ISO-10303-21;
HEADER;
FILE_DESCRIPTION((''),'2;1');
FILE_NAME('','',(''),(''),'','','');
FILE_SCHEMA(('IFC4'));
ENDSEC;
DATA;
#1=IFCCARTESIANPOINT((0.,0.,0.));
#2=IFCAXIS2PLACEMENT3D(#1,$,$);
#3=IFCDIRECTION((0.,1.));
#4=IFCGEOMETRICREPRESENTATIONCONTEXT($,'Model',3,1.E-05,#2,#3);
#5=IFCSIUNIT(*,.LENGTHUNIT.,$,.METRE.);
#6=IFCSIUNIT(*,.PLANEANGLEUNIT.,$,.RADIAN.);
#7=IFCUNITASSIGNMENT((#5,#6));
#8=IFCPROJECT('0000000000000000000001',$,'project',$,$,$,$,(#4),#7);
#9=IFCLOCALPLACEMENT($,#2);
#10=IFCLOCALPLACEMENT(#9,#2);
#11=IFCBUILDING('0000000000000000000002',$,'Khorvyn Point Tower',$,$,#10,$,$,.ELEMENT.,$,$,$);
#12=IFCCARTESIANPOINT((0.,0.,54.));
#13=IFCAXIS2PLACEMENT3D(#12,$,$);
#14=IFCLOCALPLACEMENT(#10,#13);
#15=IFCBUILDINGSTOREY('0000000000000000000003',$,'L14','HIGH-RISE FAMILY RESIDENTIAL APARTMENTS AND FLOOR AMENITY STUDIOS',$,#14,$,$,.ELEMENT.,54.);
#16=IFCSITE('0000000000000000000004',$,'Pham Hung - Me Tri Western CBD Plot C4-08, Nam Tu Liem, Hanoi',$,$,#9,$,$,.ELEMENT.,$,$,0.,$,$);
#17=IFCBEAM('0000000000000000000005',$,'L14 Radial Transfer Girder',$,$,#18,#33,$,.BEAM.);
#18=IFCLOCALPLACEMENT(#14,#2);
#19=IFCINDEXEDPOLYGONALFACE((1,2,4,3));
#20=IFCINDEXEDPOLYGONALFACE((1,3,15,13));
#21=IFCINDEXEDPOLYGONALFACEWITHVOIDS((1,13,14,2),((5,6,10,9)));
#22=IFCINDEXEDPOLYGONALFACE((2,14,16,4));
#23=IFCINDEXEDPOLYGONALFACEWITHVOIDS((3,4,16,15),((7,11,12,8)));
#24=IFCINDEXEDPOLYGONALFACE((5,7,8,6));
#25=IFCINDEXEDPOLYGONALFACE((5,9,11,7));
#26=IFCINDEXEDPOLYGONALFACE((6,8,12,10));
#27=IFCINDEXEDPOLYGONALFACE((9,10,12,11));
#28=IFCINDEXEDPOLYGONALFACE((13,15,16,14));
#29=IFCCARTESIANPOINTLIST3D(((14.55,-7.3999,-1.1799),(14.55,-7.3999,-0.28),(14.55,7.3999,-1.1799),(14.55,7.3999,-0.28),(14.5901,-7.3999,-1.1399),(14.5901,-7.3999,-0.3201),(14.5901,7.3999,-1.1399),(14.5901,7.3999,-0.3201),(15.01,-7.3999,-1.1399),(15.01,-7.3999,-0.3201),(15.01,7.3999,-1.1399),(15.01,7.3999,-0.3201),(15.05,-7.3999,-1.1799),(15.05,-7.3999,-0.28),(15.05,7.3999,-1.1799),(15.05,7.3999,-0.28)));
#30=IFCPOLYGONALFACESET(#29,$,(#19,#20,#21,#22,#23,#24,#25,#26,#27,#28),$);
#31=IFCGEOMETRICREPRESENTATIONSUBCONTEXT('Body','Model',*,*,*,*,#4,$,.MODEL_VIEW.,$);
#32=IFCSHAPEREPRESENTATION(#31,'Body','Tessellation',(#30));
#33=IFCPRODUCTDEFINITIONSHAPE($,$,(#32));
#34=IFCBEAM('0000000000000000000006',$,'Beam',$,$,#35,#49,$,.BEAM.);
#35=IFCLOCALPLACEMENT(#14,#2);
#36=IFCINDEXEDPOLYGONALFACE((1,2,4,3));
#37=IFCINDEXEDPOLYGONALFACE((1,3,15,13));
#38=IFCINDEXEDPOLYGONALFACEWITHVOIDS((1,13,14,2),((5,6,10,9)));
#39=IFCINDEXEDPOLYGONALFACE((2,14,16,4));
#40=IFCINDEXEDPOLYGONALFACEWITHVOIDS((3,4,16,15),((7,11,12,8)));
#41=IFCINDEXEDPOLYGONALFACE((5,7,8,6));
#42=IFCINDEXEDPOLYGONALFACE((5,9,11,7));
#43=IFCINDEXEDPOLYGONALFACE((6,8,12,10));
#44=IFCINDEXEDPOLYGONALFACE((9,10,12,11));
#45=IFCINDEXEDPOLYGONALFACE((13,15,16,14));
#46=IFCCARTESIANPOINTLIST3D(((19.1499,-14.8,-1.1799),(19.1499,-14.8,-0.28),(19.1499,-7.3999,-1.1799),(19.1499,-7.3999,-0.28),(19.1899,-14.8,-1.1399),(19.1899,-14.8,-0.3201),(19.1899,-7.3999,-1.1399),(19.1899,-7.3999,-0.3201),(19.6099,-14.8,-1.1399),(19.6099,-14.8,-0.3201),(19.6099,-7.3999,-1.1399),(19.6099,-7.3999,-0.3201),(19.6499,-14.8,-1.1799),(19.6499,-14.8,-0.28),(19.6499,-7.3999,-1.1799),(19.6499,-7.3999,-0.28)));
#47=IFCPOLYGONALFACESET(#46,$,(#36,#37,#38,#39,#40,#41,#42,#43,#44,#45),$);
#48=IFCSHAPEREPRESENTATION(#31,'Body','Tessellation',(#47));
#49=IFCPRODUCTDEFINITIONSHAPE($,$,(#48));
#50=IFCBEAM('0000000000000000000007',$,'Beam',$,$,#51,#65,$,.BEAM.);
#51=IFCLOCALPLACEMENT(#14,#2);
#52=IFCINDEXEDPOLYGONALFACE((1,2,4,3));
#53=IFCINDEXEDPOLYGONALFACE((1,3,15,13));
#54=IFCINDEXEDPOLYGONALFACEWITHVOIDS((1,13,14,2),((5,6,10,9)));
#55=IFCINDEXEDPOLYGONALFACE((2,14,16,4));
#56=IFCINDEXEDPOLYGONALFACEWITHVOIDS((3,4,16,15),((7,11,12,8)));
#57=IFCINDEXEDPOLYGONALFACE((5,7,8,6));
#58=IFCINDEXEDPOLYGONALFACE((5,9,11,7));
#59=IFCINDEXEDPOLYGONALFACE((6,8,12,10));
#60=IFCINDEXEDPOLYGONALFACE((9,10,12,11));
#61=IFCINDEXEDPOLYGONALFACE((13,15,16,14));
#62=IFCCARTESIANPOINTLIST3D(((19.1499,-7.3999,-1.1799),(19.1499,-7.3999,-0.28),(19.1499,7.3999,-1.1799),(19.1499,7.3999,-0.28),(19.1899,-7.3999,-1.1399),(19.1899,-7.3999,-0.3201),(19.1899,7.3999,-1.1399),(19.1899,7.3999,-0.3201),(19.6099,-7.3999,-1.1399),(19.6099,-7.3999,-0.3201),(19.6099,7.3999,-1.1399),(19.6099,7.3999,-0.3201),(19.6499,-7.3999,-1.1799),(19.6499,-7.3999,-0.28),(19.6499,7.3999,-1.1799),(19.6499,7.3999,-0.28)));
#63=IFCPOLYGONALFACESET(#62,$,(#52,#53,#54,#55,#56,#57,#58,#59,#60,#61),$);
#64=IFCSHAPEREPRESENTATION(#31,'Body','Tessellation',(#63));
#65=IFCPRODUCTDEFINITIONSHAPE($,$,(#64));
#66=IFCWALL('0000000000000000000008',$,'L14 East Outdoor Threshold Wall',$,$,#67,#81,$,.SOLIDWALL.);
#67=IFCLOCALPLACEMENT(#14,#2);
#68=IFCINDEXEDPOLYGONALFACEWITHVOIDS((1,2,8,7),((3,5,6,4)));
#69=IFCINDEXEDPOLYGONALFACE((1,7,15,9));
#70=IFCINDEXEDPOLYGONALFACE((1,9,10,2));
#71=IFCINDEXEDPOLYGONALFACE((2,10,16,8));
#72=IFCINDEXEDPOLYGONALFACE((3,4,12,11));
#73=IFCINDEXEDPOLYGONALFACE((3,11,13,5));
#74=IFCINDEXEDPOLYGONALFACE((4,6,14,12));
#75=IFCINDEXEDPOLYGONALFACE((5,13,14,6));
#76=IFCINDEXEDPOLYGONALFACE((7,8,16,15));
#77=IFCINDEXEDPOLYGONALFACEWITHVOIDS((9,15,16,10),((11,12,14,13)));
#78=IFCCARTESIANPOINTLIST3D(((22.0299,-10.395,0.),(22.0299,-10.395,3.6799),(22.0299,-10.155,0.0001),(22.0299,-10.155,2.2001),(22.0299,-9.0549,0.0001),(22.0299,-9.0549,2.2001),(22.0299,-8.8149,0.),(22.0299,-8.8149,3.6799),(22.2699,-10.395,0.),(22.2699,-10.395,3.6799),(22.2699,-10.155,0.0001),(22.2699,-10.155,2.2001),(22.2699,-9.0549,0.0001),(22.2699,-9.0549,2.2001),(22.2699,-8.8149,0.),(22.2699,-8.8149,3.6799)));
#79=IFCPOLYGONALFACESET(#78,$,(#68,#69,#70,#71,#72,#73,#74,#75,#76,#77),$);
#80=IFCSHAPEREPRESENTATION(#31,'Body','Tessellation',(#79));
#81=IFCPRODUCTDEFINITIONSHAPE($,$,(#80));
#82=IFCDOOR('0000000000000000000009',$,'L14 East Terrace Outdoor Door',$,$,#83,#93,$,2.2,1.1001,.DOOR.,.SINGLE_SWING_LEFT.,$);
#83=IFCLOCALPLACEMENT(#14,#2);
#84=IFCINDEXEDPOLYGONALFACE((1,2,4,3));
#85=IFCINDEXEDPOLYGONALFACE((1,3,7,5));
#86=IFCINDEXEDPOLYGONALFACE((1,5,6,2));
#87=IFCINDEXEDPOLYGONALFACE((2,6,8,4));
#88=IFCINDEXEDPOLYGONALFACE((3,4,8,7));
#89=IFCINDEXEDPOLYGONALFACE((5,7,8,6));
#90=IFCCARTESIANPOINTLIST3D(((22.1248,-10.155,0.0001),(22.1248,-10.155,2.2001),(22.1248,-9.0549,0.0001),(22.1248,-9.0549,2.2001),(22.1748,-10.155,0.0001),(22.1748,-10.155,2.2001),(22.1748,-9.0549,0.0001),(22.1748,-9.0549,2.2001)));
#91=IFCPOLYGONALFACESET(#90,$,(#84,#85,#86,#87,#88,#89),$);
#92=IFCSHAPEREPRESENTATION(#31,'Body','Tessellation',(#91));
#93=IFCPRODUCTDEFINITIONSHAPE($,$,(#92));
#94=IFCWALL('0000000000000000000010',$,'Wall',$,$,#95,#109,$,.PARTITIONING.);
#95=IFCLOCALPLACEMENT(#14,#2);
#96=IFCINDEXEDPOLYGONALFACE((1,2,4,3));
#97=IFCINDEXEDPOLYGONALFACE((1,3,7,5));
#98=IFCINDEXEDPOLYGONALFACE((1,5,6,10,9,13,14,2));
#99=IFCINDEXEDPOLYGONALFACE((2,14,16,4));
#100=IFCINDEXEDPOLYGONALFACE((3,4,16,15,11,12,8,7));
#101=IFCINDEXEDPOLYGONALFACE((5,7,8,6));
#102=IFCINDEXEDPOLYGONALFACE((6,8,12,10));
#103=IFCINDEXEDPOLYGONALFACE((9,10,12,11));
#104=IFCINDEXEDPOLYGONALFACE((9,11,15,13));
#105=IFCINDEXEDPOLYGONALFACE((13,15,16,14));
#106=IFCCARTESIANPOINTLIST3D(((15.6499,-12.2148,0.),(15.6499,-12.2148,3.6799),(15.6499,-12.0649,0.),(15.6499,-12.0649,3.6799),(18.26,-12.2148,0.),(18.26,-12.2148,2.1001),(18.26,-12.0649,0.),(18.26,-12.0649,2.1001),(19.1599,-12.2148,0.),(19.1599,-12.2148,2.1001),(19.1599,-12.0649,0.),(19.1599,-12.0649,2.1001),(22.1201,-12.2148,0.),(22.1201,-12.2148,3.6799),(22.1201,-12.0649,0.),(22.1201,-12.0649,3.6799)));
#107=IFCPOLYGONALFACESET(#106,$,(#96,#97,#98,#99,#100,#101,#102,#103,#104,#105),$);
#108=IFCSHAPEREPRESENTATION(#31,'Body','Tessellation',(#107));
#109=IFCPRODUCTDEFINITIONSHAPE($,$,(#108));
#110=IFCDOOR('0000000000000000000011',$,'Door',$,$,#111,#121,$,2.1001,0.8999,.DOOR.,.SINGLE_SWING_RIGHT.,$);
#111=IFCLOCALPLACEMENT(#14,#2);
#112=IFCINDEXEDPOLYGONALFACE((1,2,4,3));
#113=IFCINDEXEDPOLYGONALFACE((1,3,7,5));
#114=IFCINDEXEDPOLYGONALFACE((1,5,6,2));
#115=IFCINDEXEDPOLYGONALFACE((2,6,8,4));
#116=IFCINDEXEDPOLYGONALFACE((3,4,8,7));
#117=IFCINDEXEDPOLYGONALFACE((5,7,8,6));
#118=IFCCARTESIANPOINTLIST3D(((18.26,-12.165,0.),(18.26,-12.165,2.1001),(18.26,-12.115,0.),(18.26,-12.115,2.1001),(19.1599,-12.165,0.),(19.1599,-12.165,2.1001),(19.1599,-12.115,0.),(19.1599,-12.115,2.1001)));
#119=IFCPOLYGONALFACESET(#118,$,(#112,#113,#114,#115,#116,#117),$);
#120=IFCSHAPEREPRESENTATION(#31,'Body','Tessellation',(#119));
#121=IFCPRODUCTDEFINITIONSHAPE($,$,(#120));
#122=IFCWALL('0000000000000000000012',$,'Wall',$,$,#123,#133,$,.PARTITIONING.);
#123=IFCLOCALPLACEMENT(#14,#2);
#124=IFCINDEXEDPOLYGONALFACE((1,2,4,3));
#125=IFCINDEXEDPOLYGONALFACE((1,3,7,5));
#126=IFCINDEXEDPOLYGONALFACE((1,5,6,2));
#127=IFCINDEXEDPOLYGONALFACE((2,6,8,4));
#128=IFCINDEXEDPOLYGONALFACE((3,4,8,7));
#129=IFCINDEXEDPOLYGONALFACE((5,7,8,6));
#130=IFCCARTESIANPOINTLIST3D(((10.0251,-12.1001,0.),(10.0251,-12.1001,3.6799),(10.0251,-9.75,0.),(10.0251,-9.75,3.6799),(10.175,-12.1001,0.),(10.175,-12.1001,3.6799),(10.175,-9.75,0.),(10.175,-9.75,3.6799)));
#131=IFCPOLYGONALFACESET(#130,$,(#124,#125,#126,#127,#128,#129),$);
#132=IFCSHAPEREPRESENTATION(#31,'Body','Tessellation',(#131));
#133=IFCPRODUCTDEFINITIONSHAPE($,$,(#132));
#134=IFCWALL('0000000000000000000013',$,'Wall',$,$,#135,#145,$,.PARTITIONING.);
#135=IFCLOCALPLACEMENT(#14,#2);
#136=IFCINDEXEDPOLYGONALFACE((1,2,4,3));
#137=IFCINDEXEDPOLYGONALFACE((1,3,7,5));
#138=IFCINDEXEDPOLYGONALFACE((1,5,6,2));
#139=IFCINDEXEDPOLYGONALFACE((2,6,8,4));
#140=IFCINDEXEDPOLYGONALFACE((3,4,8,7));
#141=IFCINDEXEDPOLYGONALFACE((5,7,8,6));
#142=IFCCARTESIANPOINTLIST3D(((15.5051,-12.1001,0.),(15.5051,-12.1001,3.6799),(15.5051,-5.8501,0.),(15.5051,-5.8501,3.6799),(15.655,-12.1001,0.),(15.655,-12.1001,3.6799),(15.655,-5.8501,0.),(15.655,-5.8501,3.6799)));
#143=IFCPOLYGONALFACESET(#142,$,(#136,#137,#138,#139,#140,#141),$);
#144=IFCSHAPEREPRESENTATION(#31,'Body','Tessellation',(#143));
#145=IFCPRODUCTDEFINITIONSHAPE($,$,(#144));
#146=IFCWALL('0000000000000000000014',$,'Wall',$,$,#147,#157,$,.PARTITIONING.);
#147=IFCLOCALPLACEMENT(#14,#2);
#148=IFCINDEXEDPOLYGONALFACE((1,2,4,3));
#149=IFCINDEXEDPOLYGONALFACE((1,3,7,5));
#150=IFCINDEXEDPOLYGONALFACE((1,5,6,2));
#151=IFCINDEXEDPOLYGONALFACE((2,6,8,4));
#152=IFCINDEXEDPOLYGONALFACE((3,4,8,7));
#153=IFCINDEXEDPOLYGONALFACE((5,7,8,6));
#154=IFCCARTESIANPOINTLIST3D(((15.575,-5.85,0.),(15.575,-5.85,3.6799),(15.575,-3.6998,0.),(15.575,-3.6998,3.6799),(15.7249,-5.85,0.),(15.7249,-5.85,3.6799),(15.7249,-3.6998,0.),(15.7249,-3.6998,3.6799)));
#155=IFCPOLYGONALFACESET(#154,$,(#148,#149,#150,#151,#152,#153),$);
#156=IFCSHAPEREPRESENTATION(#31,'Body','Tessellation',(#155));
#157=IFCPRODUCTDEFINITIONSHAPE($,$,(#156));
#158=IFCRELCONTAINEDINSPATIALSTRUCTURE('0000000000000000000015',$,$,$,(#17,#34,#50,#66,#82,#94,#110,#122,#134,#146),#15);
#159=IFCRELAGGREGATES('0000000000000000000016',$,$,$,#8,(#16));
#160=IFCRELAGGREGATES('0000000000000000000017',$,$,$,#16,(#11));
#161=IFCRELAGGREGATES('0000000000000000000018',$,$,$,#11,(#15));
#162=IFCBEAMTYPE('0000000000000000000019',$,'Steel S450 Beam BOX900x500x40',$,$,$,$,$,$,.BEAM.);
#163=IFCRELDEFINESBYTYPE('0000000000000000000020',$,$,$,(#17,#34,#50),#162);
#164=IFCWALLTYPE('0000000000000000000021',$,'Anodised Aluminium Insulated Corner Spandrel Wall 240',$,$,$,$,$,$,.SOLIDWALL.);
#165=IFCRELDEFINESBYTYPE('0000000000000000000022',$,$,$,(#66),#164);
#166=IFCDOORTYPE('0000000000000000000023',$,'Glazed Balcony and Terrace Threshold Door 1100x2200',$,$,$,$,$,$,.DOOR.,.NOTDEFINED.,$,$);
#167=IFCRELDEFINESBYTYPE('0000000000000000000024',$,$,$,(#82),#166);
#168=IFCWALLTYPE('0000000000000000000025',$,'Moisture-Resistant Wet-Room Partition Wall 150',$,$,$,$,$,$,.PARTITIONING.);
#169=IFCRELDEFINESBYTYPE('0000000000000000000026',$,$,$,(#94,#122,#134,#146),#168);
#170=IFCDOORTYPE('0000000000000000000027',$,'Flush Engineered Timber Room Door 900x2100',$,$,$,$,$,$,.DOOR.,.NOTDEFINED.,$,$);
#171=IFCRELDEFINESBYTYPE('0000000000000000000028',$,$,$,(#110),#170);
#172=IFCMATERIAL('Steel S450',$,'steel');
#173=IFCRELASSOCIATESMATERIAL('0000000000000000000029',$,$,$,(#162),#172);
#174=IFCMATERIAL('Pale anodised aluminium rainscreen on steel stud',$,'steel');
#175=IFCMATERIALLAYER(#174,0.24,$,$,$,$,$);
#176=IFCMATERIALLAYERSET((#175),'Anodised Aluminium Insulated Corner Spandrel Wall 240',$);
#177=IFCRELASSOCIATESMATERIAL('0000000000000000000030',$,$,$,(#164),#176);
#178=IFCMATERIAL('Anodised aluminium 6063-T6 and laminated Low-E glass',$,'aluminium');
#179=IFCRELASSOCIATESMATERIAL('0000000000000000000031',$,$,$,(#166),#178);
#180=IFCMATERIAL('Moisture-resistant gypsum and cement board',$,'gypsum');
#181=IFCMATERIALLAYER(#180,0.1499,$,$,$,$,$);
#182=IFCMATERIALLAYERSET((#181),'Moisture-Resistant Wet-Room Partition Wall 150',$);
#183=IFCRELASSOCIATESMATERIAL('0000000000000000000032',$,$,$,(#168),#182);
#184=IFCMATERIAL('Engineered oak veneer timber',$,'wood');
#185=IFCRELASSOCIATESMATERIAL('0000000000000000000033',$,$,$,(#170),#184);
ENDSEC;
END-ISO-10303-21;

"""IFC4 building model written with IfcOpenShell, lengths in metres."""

from ifc_helpers import new_model, si_unit, direction, frame, frame_2d, origin, origin_2d, place, context, subcontext, project, spatial, rectangle, hollow_rectangle, extrude, material, layer, layer_set, material_profile, profile_set, type_object, element, fill, save


model = new_model("IFC4")

# Units and contexts
model_context = context("Model", 3, precision=1e-05, world=origin(), true_north=direction((0.0, 1.0)))
body_context = subcontext(model_context, "Body", "Model", "MODEL_VIEW")
ifc_project = project(units=[si_unit("LENGTHUNIT", "METRE"), si_unit("PLANEANGLEUNIT", "RADIAN")], contexts=[model_context])

# Site, building, storey
site_placement = place(None, origin())
site = spatial("IfcSite", under=ifc_project, at=site_placement, Name="Pham Hung - Me Tri Western CBD Plot C4-08, Nam Tu Liem, Hanoi", CompositionType="ELEMENT", RefElevation=0.0)
building_placement = place(site_placement, origin())
building = spatial("IfcBuilding", under=site, at=building_placement, Name="Khorvyn Point Tower", CompositionType="ELEMENT")
storey_placement = place(building_placement, frame((0.0, 0.0, 54.0)))
storey = spatial("IfcBuildingStorey", under=building, at=storey_placement, Name="L14", Description="HIGH-RISE FAMILY RESIDENTIAL APARTMENTS AND FLOOR AMENITY STUDIOS", CompositionType="ELEMENT", Elevation=54.0)

# Shared definitions
ifc_material_1 = material(Name="Steel S450", Category="steel")

# Shared definitions
ifc_material_2 = material(Name="Anodised aluminium 6063-T6 and laminated Low-E glass", Category="aluminium")

# Beams
ifc_material_profile_1 = material_profile(ifc_material_1, hollow_rectangle(XDim=0.5, YDim=0.8999, WallThickness=0.04, at=origin_2d()))
ifc_profile_set_1 = profile_set([ifc_material_profile_1], Name="Steel S450 BOX900x500x40")
beam_type_1 = type_object("IfcBeamType", Name="Steel S450 Beam BOX900x500x40", PredefinedType="BEAM", material=ifc_profile_set_1)
beam_1_placement = place(storey_placement, frame((14.8, -7.3999, -0.73), z_axis=(0.0, 1.0, 0.0), x_axis=(-1.0, 0.0, 0.0)))
element("IfcBeam", 1, at=beam_1_placement, inside=storey, type_object=beam_type_1, Name="L14 Radial Transfer Girder", PredefinedType="BEAM", context=body_context, shape_type="SweptSolid", body=[
    extrude(hollow_rectangle(XDim=0.5, YDim=0.8999, WallThickness=0.04, at=origin_2d()), origin(), (0.0, 0.0, 1.0), 14.7998),
])
beam_2_placement = place(storey_placement, frame((19.3999, -14.8, -0.73), z_axis=(0.0, 1.0, 0.0), x_axis=(-1.0, 0.0, 0.0)))
element("IfcBeam", 2, at=beam_2_placement, inside=storey, type_object=beam_type_1, Name="Beam", PredefinedType="BEAM", context=body_context, shape_type="SweptSolid", body=[
    extrude(hollow_rectangle(XDim=0.5, YDim=0.8999, WallThickness=0.04, at=origin_2d()), origin(), (0.0, 0.0, 1.0), 7.4001),
])
beam_3_placement = place(storey_placement, frame((19.3999, -7.3999, -0.73), z_axis=(0.0, 1.0, 0.0), x_axis=(-1.0, 0.0, 0.0)))
element("IfcBeam", 3, at=beam_3_placement, inside=storey, type_object=beam_type_1, Name="Beam", PredefinedType="BEAM", context=body_context, shape_type="SweptSolid", body=[
    extrude(hollow_rectangle(XDim=0.5, YDim=0.8999, WallThickness=0.04, at=origin_2d()), origin(), (0.0, 0.0, 1.0), 14.7998),
])

# Walls, openings, doors
ifc_material_3 = material(Name="Pale anodised aluminium rainscreen on steel stud", Category="steel")
ifc_layer_1 = layer(ifc_material_3, 0.24)
ifc_layer_set_1 = layer_set([ifc_layer_1], Name="Anodised Aluminium Insulated Corner Spandrel Wall 240")
wall_type_1 = type_object("IfcWallType", Name="Anodised Aluminium Insulated Corner Spandrel Wall 240", PredefinedType="SOLIDWALL", material=ifc_layer_set_1)
wall_1_placement = place(storey_placement, frame((22.1499, -8.8149, 0.0), z_axis=(0.0, 0.0, 1.0), x_axis=(0.0, -1.0, 0.0)))
wall_1 = element("IfcWall", 4, at=wall_1_placement, inside=storey, type_object=wall_type_1, Name="L14 East Outdoor Threshold Wall", PredefinedType="SOLIDWALL", context=body_context, shape_type="SweptSolid", body=[
    extrude(rectangle(XDim=1.5801, YDim=0.24, at=frame_2d((0.79, 0.0))), origin(), (0.0, 0.0, 1.0), 3.6799),
])
opening_1_placement = place(wall_1_placement, frame((0.24, 0.0, 0.0)))
opening_1 = element("IfcOpeningElement", 5, at=opening_1_placement, cuts=wall_1, PredefinedType="OPENING", context=body_context, shape_type="SweptSolid", body=[
    extrude(rectangle(XDim=1.1001, YDim=2.2, at=frame_2d((0.55, 1.1001))), frame((0.0, 0.1299, 0.0), z_axis=(0.0, -1.0, 0.0), x_axis=(1.0, 0.0, 0.0)), (0.0, 0.0, 1.0), 0.26),
])
door_type_1 = type_object("IfcDoorType", Name="Glazed Balcony and Terrace Threshold Door 1100x2200", OperationType="NOTDEFINED", PredefinedType="DOOR", material=ifc_material_2)
door_1_placement = place(opening_1_placement, origin())
door_1 = element("IfcDoor", 6, at=door_1_placement, inside=storey, type_object=door_type_1, Name="L14 East Terrace Outdoor Door", OperationType="SINGLE_SWING_LEFT", OverallHeight=2.2, OverallWidth=1.1001, PredefinedType="DOOR", context=body_context, shape_type="SweptSolid", body=[
    extrude(rectangle(XDim=1.1001, YDim=2.2, at=frame_2d((0.55, 1.1001))), frame((0.0, 0.0249, 0.0), z_axis=(0.0, -1.0, 0.0), x_axis=(1.0, 0.0, 0.0)), (0.0, 0.0, 1.0), 0.05),
])
fill(opening_1, door_1)
ifc_material_4 = material(Name="Moisture-resistant gypsum and cement board", Category="gypsum")
ifc_layer_2 = layer(ifc_material_4, 0.1499)
ifc_layer_set_2 = layer_set([ifc_layer_2], Name="Moisture-Resistant Wet-Room Partition Wall 150")
wall_type_2 = type_object("IfcWallType", Name="Moisture-Resistant Wet-Room Partition Wall 150", PredefinedType="PARTITIONING", material=ifc_layer_set_2)
wall_2_placement = place(storey_placement, frame((15.6499, -12.1399, 0.0), z_axis=(0.0, 0.0, 1.0), x_axis=(1.0, 0.0, 0.0)))
wall_2 = element("IfcWall", 7, at=wall_2_placement, inside=storey, type_object=wall_type_2, Name="Wall", PredefinedType="PARTITIONING", context=body_context, shape_type="SweptSolid", body=[
    extrude(rectangle(XDim=6.4702, YDim=0.1499, at=frame_2d((3.2351, 0.0))), origin(), (0.0, 0.0, 1.0), 3.6799),
])
opening_2_placement = place(wall_2_placement, frame((2.6101, 0.0, 0.0)))
opening_2 = element("IfcOpeningElement", 8, at=opening_2_placement, cuts=wall_2, PredefinedType="OPENING", context=body_context, shape_type="SweptSolid", body=[
    extrude(rectangle(XDim=0.8999, YDim=2.1001, at=frame_2d((0.45, 1.05))), frame((0.0, 0.085, 0.0), z_axis=(0.0, -1.0, 0.0), x_axis=(1.0, 0.0, 0.0)), (0.0, 0.0, 1.0), 0.1699),
])
ifc_material_5 = material(Name="Engineered oak veneer timber", Category="wood")
door_type_2 = type_object("IfcDoorType", Name="Flush Engineered Timber Room Door 900x2100", OperationType="NOTDEFINED", PredefinedType="DOOR", material=ifc_material_5)
door_2_placement = place(opening_2_placement, origin())
door_2 = element("IfcDoor", 9, at=door_2_placement, inside=storey, type_object=door_type_2, Name="Door", OperationType="SINGLE_SWING_RIGHT", OverallHeight=2.1001, OverallWidth=0.8999, PredefinedType="DOOR", context=body_context, shape_type="SweptSolid", body=[
    extrude(rectangle(XDim=0.8999, YDim=2.1001, at=frame_2d((0.45, 1.05))), frame((0.0, 0.0249, 0.0), z_axis=(0.0, -1.0, 0.0), x_axis=(1.0, 0.0, 0.0)), (0.0, 0.0, 1.0), 0.05),
])
fill(opening_2, door_2)

# Walls
wall_3_placement = place(storey_placement, frame((10.1001, -12.1001, 0.0), z_axis=(0.0, 0.0, 1.0), x_axis=(0.0, 1.0, 0.0)))
element("IfcWall", 10, at=wall_3_placement, inside=storey, type_object=wall_type_2, Name="Wall", PredefinedType="PARTITIONING", context=body_context, shape_type="SweptSolid", body=[
    extrude(rectangle(XDim=2.3501, YDim=0.1499, at=frame_2d((1.175, 0.0))), origin(), (0.0, 0.0, 1.0), 3.6799),
])
wall_4_placement = place(storey_placement, frame((15.5801, -12.1001, 0.0), z_axis=(0.0, 0.0, 1.0), x_axis=(0.0, 1.0, 0.0)))
element("IfcWall", 11, at=wall_4_placement, inside=storey, type_object=wall_type_2, Name="Wall", PredefinedType="PARTITIONING", context=body_context, shape_type="SweptSolid", body=[
    extrude(rectangle(XDim=6.25, YDim=0.1499, at=frame_2d((3.125, 0.0))), origin(), (0.0, 0.0, 1.0), 3.6799),
])
wall_5_placement = place(storey_placement, frame((15.6499, -5.8501, 0.0), z_axis=(0.0, 0.0, 1.0), x_axis=(0.0, 1.0, 0.0)))
element("IfcWall", 12, at=wall_5_placement, inside=storey, type_object=wall_type_2, Name="Wall", PredefinedType="PARTITIONING", context=body_context, shape_type="SweptSolid", body=[
    extrude(rectangle(XDim=2.1501, YDim=0.1499, at=frame_2d((1.0752, 0.0))), origin(), (0.0, 0.0, 1.0), 3.6799),
])

save(model, "model.ifc")
